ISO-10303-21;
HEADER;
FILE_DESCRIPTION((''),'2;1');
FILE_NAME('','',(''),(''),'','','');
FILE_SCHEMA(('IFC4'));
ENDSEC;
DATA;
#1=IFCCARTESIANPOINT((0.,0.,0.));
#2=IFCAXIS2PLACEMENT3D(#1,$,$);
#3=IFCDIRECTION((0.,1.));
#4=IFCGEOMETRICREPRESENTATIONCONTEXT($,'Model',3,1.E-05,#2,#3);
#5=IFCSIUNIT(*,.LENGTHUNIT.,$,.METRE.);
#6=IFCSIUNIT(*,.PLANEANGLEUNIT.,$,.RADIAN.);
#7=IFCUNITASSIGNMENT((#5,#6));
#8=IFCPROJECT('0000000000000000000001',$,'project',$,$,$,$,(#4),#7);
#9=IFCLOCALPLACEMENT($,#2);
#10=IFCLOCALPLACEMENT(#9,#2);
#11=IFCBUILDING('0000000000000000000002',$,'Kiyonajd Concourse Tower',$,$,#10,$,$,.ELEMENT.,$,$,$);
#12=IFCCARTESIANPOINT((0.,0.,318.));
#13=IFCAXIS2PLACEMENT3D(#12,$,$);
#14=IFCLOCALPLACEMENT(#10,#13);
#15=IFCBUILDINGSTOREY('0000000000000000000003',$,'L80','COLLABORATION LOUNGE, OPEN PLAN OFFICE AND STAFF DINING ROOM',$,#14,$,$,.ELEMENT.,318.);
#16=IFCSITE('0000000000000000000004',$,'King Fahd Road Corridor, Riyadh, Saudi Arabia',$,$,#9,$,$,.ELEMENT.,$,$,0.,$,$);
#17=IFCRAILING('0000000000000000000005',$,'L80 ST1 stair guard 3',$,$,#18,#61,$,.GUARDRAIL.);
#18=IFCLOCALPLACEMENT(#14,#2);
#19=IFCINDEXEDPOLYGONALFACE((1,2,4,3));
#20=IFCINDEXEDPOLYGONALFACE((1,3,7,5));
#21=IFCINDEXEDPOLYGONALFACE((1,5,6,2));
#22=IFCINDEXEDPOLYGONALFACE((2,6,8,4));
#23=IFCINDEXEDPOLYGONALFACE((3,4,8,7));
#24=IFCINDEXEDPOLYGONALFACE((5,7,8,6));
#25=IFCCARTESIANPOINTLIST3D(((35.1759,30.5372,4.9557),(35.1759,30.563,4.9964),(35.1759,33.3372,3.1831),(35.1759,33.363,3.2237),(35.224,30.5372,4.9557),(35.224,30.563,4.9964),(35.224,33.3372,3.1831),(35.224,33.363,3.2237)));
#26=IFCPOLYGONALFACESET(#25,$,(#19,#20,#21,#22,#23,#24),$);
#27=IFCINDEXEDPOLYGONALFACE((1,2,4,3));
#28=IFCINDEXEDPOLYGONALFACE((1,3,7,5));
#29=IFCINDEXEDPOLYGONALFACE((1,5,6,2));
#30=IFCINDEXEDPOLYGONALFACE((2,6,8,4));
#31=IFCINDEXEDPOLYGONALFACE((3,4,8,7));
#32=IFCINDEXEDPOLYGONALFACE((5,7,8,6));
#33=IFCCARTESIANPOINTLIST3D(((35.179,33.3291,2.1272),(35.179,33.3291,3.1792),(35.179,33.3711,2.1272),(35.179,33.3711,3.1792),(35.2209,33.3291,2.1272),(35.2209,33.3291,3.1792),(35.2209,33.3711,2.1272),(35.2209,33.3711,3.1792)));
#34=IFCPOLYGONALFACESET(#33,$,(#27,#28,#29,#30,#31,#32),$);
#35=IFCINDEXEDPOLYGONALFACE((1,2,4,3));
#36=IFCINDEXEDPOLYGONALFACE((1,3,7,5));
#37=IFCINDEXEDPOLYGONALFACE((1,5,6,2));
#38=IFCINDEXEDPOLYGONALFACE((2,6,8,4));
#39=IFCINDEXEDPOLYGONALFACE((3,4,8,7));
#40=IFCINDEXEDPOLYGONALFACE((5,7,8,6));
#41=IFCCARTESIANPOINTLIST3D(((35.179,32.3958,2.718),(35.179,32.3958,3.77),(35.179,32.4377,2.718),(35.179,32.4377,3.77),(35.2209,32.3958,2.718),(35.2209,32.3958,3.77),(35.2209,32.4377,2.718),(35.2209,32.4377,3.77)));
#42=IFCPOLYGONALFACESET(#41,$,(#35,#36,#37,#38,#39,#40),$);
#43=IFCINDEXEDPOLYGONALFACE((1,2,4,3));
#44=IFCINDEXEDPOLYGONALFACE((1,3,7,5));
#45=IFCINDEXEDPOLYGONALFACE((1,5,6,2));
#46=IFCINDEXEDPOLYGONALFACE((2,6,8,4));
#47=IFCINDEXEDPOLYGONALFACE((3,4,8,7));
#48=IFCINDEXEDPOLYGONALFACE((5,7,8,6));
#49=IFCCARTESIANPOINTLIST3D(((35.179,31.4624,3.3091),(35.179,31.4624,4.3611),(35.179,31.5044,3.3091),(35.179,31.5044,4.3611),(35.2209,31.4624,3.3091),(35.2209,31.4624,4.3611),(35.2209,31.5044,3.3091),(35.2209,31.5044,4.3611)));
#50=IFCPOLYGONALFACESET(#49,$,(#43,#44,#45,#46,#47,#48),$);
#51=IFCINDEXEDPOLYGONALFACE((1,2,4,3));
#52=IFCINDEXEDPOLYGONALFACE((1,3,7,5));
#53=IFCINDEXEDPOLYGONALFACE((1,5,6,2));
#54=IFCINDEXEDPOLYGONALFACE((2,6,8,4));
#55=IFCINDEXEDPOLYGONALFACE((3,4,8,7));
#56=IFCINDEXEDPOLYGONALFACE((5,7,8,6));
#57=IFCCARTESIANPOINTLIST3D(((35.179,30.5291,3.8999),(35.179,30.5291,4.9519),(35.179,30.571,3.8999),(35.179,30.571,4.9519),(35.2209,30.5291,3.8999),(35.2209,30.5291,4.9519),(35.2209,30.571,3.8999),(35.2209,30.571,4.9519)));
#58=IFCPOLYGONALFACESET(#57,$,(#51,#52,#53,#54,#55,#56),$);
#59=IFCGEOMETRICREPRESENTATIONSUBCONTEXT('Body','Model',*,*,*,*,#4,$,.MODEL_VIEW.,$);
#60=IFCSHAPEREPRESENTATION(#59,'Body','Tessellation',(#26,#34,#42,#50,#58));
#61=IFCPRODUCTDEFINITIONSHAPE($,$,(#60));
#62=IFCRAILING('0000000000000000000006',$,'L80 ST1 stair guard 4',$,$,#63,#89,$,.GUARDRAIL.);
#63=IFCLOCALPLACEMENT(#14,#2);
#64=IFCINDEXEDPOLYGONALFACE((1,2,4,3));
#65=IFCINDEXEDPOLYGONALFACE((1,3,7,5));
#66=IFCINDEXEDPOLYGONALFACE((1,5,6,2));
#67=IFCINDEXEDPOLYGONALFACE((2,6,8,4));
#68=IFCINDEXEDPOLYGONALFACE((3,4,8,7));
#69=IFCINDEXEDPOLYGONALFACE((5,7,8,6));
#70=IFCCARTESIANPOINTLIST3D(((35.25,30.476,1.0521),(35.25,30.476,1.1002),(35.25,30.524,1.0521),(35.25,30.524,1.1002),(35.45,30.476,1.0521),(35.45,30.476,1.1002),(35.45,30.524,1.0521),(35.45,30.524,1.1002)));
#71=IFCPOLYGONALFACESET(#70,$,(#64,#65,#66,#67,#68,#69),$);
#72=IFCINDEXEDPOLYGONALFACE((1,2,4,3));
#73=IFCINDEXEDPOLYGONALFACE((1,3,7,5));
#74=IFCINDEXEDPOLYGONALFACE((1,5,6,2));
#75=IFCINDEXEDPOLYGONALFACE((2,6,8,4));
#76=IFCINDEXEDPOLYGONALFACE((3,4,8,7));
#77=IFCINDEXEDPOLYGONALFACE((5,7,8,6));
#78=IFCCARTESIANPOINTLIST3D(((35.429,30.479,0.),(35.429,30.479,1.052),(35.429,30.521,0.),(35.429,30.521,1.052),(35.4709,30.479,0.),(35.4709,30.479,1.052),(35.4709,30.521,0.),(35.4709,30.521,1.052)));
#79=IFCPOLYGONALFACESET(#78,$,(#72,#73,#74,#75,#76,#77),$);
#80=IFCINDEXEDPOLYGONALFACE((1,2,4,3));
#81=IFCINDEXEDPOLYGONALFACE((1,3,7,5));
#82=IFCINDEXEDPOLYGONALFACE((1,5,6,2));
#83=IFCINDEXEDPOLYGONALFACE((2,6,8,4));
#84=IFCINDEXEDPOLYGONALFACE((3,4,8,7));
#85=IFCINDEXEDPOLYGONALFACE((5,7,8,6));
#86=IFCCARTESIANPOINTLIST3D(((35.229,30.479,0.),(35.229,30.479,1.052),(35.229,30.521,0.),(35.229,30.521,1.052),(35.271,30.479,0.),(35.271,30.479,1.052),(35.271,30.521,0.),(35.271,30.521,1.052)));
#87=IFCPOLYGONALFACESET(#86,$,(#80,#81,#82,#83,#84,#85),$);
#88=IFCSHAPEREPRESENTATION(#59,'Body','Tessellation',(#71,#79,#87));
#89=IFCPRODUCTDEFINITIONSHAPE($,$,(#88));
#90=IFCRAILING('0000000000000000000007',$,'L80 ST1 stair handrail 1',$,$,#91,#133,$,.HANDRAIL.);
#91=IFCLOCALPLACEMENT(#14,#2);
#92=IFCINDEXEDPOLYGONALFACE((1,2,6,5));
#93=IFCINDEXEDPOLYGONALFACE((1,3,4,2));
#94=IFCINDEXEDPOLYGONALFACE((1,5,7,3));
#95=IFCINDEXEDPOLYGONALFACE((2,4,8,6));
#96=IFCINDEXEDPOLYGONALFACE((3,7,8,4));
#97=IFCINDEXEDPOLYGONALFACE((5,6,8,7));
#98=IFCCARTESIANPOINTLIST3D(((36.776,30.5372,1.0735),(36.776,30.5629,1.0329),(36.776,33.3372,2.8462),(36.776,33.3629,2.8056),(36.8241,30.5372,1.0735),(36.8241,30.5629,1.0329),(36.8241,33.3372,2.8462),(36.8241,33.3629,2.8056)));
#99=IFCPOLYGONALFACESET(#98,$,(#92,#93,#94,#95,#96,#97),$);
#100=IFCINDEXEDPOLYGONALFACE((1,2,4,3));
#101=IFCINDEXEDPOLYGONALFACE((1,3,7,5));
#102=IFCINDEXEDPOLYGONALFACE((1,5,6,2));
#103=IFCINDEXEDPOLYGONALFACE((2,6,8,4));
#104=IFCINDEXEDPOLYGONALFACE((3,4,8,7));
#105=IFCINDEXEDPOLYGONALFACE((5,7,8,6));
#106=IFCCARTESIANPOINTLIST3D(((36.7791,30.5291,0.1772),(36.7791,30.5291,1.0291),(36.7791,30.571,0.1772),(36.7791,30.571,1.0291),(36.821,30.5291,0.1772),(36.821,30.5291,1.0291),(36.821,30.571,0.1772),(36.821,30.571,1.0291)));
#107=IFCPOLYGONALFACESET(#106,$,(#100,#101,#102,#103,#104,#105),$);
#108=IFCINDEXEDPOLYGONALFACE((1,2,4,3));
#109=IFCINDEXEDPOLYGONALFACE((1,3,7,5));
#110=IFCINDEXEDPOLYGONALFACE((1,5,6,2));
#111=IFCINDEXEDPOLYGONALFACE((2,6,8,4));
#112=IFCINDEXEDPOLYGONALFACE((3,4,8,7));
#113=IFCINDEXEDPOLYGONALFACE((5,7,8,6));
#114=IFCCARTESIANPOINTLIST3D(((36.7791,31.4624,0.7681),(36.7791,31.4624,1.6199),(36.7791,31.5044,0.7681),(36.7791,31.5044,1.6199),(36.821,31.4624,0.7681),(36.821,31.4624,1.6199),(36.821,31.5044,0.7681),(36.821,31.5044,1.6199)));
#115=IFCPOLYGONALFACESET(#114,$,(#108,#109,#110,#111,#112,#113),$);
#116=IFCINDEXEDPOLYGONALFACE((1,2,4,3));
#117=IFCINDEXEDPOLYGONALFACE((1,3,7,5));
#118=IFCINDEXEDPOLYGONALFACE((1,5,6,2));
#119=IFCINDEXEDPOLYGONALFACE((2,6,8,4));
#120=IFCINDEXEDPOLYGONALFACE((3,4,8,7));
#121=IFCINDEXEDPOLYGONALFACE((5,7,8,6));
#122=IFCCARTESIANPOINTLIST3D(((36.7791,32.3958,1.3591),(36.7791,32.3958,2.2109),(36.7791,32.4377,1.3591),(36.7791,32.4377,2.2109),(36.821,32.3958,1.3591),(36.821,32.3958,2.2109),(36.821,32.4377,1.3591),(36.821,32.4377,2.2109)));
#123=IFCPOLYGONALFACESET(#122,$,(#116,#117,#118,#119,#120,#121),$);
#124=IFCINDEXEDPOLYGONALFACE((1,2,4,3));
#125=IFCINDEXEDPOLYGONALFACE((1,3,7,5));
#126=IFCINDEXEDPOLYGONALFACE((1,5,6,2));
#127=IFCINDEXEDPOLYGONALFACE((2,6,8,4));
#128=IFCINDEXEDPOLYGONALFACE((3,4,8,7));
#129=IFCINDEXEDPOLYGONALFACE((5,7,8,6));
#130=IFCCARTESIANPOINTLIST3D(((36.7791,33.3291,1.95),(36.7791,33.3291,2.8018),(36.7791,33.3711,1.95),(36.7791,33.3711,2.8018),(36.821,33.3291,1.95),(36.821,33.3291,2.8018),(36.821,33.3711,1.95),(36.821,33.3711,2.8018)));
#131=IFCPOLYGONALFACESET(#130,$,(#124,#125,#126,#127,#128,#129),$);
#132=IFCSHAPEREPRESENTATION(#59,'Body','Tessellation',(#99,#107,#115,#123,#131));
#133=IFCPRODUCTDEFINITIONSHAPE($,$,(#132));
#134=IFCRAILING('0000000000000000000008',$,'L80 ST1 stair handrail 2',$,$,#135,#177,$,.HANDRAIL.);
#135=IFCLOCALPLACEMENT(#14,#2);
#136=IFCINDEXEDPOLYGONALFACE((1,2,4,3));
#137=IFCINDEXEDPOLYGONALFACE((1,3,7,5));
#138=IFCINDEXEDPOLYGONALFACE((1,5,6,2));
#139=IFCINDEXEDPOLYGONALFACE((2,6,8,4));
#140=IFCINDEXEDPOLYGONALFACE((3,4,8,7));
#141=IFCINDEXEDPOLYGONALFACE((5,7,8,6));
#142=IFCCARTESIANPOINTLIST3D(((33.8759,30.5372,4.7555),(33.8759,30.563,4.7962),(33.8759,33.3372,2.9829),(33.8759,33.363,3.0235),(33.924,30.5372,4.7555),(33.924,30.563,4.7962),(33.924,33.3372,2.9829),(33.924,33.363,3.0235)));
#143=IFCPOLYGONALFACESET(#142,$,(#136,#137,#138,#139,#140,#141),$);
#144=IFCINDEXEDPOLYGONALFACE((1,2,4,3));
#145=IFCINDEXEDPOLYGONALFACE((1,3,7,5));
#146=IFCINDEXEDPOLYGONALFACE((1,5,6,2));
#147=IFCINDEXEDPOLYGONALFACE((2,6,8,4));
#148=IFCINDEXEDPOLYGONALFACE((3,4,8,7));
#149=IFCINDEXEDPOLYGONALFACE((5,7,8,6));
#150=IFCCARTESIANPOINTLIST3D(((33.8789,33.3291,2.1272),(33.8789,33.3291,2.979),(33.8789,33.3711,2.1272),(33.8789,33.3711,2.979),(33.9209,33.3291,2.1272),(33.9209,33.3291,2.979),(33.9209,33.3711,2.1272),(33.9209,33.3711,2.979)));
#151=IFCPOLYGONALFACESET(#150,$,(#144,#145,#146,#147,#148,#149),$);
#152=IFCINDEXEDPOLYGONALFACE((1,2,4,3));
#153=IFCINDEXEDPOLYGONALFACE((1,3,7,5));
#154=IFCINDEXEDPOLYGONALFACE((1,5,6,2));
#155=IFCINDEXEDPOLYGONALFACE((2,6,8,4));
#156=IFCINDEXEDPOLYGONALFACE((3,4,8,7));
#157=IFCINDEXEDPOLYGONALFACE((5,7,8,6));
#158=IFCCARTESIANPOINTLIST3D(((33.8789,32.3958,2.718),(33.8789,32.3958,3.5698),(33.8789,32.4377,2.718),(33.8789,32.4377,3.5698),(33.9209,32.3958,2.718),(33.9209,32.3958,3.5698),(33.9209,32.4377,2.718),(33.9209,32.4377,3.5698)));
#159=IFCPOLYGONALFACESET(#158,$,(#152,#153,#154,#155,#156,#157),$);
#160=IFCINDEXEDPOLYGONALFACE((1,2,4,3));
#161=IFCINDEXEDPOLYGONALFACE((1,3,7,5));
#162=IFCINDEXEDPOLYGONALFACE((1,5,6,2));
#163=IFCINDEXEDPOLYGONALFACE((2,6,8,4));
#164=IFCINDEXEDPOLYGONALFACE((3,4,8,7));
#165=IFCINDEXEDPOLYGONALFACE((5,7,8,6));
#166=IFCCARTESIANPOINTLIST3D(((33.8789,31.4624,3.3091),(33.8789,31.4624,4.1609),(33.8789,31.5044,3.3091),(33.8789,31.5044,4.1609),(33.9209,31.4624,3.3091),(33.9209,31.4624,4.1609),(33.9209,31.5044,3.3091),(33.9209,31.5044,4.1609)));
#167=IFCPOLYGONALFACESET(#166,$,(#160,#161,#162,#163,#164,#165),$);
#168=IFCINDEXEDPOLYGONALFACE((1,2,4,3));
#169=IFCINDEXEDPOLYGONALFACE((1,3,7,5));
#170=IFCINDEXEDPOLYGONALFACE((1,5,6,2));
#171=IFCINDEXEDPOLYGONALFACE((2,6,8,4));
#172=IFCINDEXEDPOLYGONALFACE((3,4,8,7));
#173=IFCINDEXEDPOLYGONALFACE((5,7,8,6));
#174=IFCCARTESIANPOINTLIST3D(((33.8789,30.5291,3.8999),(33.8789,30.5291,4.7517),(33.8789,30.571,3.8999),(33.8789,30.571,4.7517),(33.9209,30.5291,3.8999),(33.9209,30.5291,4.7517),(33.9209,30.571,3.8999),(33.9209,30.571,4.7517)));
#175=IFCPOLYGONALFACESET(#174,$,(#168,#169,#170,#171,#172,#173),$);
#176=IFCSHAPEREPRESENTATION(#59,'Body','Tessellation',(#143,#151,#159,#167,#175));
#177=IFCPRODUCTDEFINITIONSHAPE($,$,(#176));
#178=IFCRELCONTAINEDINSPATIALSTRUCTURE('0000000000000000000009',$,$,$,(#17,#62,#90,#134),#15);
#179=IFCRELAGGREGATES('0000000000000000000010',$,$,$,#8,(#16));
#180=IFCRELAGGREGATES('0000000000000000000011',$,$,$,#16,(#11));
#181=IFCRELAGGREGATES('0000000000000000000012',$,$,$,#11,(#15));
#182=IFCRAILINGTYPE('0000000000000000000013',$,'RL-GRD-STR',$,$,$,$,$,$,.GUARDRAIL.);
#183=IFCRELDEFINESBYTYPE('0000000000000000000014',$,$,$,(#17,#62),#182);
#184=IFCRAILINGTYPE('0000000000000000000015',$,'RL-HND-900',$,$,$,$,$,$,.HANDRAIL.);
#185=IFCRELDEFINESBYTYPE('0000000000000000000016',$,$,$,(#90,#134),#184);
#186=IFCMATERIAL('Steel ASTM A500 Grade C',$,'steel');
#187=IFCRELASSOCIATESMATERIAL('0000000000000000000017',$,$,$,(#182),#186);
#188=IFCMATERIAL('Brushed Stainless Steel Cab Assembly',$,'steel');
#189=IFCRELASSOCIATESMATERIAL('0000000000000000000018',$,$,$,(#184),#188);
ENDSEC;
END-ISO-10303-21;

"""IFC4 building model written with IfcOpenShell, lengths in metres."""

from ifc_helpers import new_model, si_unit, direction, frame, origin, origin_2d, place, context, subcontext, project, spatial, rectangle, extrude, material, type_object, element, save


model = new_model("IFC4")

# Units and contexts
model_context = context("Model", 3, precision=1e-05, world=origin(), true_north=direction((0.0, 1.0)))
body_context = subcontext(model_context, "Body", "Model", "MODEL_VIEW")
ifc_project = project(units=[si_unit("LENGTHUNIT", "METRE"), si_unit("PLANEANGLEUNIT", "RADIAN")], contexts=[model_context])

# Site, building, storey
site_placement = place(None, origin())
site = spatial("IfcSite", under=ifc_project, at=site_placement, Name="King Fahd Road Corridor, Riyadh, Saudi Arabia", CompositionType="ELEMENT", RefElevation=0.0)
building_placement = place(site_placement, origin())
building = spatial("IfcBuilding", under=site, at=building_placement, Name="Kiyonajd Concourse Tower", CompositionType="ELEMENT")
storey_placement = place(building_placement, frame((0.0, 0.0, 318.0)))
storey = spatial("IfcBuildingStorey", under=building, at=storey_placement, Name="L80", Description="COLLABORATION LOUNGE, OPEN PLAN OFFICE AND STAFF DINING ROOM", CompositionType="ELEMENT", Elevation=318.0)

# Shared definitions
ifc_material_1 = material(Name="Brushed Stainless Steel Cab Assembly", Category="steel")

# Railings
ifc_material_2 = material(Name="Steel ASTM A500 Grade C", Category="steel")
railing_type_1 = type_object("IfcRailingType", Name="RL-GRD-STR", PredefinedType="GUARDRAIL", material=ifc_material_2)
railing_1_placement = place(storey_placement, frame((35.2, 33.3501, 2.1272)))
element("IfcRailing", 1, at=railing_1_placement, inside=storey, type_object=railing_type_1, Name="L80 ST1 stair guard 3", PredefinedType="GUARDRAIL", context=body_context, shape_type="SweptSolid", body=[
    extrude(rectangle(XDim=0.0481, YDim=0.0481, at=origin_2d()), frame((0.0, 0.0, 1.0762), z_axis=(0.0, -0.844909, 0.53491), x_axis=(1.0, 0.0, 0.0)), (0.0, 0.0, 1.0), 3.314),
    extrude(rectangle(XDim=0.042, YDim=0.042, at=origin_2d()), origin(), (0.0, 0.0, 1.0), 1.052),
    extrude(rectangle(XDim=0.042, YDim=0.042, at=origin_2d()), frame((0.0, -0.9333, 0.5908)), (0.0, 0.0, 1.0), 1.052),
    extrude(rectangle(XDim=0.042, YDim=0.042, at=origin_2d()), frame((0.0, -1.8667, 1.1819)), (0.0, 0.0, 1.0), 1.052),
    extrude(rectangle(XDim=0.042, YDim=0.042, at=origin_2d()), frame((0.0, -2.8, 1.7727)), (0.0, 0.0, 1.0), 1.052),
])
railing_2_placement = place(storey_placement, frame((35.45, 30.5, 0.0)))
element("IfcRailing", 2, at=railing_2_placement, inside=storey, type_object=railing_type_1, Name="L80 ST1 stair guard 4", PredefinedType="GUARDRAIL", context=body_context, shape_type="SweptSolid", body=[
    extrude(rectangle(XDim=0.0481, YDim=0.0481, at=origin_2d()), frame((0.0, 0.0, 1.0762), z_axis=(-1.0, 0.0, 0.0), x_axis=(0.0, -1.0, 0.0)), (0.0, 0.0, 1.0), 0.2),
    extrude(rectangle(XDim=0.042, YDim=0.042, at=origin_2d()), origin(), (0.0, 0.0, 1.0), 1.052),
    extrude(rectangle(XDim=0.042, YDim=0.042, at=origin_2d()), frame((-0.2, 0.0, 0.0)), (0.0, 0.0, 1.0), 1.052),
])
railing_type_2 = type_object("IfcRailingType", Name="RL-HND-900", PredefinedType="HANDRAIL", material=ifc_material_1)
railing_3_placement = place(storey_placement, frame((36.8, 30.55, 0.1772)))
element("IfcRailing", 3, at=railing_3_placement, inside=storey, type_object=railing_type_2, Name="L80 ST1 stair handrail 1", PredefinedType="HANDRAIL", context=body_context, shape_type="SweptSolid", body=[
    extrude(rectangle(XDim=0.0481, YDim=0.0481, at=origin_2d()), frame((0.0, 0.0, 0.876), z_axis=(0.0, 0.844909, 0.53491), x_axis=(-1.0, 0.0, 0.0)), (0.0, 0.0, 1.0), 3.314),
    extrude(rectangle(XDim=0.042, YDim=0.042, at=origin_2d()), origin(), (0.0, 0.0, 1.0), 0.8518),
    extrude(rectangle(XDim=0.042, YDim=0.042, at=origin_2d()), frame((0.0, 0.9333, 0.5908)), (0.0, 0.0, 1.0), 0.8518),
    extrude(rectangle(XDim=0.042, YDim=0.042, at=origin_2d()), frame((0.0, 1.8667, 1.1819)), (0.0, 0.0, 1.0), 0.8518),
    extrude(rectangle(XDim=0.042, YDim=0.042, at=origin_2d()), frame((0.0, 2.8, 1.7727)), (0.0, 0.0, 1.0), 0.8518),
])
railing_4_placement = place(storey_placement, frame((33.8999, 33.3501, 2.1272)))
element("IfcRailing", 4, at=railing_4_placement, inside=storey, type_object=railing_type_2, Name="L80 ST1 stair handrail 2", PredefinedType="HANDRAIL", context=body_context, shape_type="SweptSolid", body=[
    extrude(rectangle(XDim=0.0481, YDim=0.0481, at=origin_2d()), frame((0.0, 0.0, 0.876), z_axis=(0.0, -0.844909, 0.53491), x_axis=(1.0, 0.0, 0.0)), (0.0, 0.0, 1.0), 3.314),
    extrude(rectangle(XDim=0.042, YDim=0.042, at=origin_2d()), origin(), (0.0, 0.0, 1.0), 0.8518),
    extrude(rectangle(XDim=0.042, YDim=0.042, at=origin_2d()), frame((0.0, -0.9333, 0.5908)), (0.0, 0.0, 1.0), 0.8518),
    extrude(rectangle(XDim=0.042, YDim=0.042, at=origin_2d()), frame((0.0, -1.8667, 1.1819)), (0.0, 0.0, 1.0), 0.8518),
    extrude(rectangle(XDim=0.042, YDim=0.042, at=origin_2d()), frame((0.0, -2.8, 1.7727)), (0.0, 0.0, 1.0), 0.8518),
])

save(model, "model.ifc")
